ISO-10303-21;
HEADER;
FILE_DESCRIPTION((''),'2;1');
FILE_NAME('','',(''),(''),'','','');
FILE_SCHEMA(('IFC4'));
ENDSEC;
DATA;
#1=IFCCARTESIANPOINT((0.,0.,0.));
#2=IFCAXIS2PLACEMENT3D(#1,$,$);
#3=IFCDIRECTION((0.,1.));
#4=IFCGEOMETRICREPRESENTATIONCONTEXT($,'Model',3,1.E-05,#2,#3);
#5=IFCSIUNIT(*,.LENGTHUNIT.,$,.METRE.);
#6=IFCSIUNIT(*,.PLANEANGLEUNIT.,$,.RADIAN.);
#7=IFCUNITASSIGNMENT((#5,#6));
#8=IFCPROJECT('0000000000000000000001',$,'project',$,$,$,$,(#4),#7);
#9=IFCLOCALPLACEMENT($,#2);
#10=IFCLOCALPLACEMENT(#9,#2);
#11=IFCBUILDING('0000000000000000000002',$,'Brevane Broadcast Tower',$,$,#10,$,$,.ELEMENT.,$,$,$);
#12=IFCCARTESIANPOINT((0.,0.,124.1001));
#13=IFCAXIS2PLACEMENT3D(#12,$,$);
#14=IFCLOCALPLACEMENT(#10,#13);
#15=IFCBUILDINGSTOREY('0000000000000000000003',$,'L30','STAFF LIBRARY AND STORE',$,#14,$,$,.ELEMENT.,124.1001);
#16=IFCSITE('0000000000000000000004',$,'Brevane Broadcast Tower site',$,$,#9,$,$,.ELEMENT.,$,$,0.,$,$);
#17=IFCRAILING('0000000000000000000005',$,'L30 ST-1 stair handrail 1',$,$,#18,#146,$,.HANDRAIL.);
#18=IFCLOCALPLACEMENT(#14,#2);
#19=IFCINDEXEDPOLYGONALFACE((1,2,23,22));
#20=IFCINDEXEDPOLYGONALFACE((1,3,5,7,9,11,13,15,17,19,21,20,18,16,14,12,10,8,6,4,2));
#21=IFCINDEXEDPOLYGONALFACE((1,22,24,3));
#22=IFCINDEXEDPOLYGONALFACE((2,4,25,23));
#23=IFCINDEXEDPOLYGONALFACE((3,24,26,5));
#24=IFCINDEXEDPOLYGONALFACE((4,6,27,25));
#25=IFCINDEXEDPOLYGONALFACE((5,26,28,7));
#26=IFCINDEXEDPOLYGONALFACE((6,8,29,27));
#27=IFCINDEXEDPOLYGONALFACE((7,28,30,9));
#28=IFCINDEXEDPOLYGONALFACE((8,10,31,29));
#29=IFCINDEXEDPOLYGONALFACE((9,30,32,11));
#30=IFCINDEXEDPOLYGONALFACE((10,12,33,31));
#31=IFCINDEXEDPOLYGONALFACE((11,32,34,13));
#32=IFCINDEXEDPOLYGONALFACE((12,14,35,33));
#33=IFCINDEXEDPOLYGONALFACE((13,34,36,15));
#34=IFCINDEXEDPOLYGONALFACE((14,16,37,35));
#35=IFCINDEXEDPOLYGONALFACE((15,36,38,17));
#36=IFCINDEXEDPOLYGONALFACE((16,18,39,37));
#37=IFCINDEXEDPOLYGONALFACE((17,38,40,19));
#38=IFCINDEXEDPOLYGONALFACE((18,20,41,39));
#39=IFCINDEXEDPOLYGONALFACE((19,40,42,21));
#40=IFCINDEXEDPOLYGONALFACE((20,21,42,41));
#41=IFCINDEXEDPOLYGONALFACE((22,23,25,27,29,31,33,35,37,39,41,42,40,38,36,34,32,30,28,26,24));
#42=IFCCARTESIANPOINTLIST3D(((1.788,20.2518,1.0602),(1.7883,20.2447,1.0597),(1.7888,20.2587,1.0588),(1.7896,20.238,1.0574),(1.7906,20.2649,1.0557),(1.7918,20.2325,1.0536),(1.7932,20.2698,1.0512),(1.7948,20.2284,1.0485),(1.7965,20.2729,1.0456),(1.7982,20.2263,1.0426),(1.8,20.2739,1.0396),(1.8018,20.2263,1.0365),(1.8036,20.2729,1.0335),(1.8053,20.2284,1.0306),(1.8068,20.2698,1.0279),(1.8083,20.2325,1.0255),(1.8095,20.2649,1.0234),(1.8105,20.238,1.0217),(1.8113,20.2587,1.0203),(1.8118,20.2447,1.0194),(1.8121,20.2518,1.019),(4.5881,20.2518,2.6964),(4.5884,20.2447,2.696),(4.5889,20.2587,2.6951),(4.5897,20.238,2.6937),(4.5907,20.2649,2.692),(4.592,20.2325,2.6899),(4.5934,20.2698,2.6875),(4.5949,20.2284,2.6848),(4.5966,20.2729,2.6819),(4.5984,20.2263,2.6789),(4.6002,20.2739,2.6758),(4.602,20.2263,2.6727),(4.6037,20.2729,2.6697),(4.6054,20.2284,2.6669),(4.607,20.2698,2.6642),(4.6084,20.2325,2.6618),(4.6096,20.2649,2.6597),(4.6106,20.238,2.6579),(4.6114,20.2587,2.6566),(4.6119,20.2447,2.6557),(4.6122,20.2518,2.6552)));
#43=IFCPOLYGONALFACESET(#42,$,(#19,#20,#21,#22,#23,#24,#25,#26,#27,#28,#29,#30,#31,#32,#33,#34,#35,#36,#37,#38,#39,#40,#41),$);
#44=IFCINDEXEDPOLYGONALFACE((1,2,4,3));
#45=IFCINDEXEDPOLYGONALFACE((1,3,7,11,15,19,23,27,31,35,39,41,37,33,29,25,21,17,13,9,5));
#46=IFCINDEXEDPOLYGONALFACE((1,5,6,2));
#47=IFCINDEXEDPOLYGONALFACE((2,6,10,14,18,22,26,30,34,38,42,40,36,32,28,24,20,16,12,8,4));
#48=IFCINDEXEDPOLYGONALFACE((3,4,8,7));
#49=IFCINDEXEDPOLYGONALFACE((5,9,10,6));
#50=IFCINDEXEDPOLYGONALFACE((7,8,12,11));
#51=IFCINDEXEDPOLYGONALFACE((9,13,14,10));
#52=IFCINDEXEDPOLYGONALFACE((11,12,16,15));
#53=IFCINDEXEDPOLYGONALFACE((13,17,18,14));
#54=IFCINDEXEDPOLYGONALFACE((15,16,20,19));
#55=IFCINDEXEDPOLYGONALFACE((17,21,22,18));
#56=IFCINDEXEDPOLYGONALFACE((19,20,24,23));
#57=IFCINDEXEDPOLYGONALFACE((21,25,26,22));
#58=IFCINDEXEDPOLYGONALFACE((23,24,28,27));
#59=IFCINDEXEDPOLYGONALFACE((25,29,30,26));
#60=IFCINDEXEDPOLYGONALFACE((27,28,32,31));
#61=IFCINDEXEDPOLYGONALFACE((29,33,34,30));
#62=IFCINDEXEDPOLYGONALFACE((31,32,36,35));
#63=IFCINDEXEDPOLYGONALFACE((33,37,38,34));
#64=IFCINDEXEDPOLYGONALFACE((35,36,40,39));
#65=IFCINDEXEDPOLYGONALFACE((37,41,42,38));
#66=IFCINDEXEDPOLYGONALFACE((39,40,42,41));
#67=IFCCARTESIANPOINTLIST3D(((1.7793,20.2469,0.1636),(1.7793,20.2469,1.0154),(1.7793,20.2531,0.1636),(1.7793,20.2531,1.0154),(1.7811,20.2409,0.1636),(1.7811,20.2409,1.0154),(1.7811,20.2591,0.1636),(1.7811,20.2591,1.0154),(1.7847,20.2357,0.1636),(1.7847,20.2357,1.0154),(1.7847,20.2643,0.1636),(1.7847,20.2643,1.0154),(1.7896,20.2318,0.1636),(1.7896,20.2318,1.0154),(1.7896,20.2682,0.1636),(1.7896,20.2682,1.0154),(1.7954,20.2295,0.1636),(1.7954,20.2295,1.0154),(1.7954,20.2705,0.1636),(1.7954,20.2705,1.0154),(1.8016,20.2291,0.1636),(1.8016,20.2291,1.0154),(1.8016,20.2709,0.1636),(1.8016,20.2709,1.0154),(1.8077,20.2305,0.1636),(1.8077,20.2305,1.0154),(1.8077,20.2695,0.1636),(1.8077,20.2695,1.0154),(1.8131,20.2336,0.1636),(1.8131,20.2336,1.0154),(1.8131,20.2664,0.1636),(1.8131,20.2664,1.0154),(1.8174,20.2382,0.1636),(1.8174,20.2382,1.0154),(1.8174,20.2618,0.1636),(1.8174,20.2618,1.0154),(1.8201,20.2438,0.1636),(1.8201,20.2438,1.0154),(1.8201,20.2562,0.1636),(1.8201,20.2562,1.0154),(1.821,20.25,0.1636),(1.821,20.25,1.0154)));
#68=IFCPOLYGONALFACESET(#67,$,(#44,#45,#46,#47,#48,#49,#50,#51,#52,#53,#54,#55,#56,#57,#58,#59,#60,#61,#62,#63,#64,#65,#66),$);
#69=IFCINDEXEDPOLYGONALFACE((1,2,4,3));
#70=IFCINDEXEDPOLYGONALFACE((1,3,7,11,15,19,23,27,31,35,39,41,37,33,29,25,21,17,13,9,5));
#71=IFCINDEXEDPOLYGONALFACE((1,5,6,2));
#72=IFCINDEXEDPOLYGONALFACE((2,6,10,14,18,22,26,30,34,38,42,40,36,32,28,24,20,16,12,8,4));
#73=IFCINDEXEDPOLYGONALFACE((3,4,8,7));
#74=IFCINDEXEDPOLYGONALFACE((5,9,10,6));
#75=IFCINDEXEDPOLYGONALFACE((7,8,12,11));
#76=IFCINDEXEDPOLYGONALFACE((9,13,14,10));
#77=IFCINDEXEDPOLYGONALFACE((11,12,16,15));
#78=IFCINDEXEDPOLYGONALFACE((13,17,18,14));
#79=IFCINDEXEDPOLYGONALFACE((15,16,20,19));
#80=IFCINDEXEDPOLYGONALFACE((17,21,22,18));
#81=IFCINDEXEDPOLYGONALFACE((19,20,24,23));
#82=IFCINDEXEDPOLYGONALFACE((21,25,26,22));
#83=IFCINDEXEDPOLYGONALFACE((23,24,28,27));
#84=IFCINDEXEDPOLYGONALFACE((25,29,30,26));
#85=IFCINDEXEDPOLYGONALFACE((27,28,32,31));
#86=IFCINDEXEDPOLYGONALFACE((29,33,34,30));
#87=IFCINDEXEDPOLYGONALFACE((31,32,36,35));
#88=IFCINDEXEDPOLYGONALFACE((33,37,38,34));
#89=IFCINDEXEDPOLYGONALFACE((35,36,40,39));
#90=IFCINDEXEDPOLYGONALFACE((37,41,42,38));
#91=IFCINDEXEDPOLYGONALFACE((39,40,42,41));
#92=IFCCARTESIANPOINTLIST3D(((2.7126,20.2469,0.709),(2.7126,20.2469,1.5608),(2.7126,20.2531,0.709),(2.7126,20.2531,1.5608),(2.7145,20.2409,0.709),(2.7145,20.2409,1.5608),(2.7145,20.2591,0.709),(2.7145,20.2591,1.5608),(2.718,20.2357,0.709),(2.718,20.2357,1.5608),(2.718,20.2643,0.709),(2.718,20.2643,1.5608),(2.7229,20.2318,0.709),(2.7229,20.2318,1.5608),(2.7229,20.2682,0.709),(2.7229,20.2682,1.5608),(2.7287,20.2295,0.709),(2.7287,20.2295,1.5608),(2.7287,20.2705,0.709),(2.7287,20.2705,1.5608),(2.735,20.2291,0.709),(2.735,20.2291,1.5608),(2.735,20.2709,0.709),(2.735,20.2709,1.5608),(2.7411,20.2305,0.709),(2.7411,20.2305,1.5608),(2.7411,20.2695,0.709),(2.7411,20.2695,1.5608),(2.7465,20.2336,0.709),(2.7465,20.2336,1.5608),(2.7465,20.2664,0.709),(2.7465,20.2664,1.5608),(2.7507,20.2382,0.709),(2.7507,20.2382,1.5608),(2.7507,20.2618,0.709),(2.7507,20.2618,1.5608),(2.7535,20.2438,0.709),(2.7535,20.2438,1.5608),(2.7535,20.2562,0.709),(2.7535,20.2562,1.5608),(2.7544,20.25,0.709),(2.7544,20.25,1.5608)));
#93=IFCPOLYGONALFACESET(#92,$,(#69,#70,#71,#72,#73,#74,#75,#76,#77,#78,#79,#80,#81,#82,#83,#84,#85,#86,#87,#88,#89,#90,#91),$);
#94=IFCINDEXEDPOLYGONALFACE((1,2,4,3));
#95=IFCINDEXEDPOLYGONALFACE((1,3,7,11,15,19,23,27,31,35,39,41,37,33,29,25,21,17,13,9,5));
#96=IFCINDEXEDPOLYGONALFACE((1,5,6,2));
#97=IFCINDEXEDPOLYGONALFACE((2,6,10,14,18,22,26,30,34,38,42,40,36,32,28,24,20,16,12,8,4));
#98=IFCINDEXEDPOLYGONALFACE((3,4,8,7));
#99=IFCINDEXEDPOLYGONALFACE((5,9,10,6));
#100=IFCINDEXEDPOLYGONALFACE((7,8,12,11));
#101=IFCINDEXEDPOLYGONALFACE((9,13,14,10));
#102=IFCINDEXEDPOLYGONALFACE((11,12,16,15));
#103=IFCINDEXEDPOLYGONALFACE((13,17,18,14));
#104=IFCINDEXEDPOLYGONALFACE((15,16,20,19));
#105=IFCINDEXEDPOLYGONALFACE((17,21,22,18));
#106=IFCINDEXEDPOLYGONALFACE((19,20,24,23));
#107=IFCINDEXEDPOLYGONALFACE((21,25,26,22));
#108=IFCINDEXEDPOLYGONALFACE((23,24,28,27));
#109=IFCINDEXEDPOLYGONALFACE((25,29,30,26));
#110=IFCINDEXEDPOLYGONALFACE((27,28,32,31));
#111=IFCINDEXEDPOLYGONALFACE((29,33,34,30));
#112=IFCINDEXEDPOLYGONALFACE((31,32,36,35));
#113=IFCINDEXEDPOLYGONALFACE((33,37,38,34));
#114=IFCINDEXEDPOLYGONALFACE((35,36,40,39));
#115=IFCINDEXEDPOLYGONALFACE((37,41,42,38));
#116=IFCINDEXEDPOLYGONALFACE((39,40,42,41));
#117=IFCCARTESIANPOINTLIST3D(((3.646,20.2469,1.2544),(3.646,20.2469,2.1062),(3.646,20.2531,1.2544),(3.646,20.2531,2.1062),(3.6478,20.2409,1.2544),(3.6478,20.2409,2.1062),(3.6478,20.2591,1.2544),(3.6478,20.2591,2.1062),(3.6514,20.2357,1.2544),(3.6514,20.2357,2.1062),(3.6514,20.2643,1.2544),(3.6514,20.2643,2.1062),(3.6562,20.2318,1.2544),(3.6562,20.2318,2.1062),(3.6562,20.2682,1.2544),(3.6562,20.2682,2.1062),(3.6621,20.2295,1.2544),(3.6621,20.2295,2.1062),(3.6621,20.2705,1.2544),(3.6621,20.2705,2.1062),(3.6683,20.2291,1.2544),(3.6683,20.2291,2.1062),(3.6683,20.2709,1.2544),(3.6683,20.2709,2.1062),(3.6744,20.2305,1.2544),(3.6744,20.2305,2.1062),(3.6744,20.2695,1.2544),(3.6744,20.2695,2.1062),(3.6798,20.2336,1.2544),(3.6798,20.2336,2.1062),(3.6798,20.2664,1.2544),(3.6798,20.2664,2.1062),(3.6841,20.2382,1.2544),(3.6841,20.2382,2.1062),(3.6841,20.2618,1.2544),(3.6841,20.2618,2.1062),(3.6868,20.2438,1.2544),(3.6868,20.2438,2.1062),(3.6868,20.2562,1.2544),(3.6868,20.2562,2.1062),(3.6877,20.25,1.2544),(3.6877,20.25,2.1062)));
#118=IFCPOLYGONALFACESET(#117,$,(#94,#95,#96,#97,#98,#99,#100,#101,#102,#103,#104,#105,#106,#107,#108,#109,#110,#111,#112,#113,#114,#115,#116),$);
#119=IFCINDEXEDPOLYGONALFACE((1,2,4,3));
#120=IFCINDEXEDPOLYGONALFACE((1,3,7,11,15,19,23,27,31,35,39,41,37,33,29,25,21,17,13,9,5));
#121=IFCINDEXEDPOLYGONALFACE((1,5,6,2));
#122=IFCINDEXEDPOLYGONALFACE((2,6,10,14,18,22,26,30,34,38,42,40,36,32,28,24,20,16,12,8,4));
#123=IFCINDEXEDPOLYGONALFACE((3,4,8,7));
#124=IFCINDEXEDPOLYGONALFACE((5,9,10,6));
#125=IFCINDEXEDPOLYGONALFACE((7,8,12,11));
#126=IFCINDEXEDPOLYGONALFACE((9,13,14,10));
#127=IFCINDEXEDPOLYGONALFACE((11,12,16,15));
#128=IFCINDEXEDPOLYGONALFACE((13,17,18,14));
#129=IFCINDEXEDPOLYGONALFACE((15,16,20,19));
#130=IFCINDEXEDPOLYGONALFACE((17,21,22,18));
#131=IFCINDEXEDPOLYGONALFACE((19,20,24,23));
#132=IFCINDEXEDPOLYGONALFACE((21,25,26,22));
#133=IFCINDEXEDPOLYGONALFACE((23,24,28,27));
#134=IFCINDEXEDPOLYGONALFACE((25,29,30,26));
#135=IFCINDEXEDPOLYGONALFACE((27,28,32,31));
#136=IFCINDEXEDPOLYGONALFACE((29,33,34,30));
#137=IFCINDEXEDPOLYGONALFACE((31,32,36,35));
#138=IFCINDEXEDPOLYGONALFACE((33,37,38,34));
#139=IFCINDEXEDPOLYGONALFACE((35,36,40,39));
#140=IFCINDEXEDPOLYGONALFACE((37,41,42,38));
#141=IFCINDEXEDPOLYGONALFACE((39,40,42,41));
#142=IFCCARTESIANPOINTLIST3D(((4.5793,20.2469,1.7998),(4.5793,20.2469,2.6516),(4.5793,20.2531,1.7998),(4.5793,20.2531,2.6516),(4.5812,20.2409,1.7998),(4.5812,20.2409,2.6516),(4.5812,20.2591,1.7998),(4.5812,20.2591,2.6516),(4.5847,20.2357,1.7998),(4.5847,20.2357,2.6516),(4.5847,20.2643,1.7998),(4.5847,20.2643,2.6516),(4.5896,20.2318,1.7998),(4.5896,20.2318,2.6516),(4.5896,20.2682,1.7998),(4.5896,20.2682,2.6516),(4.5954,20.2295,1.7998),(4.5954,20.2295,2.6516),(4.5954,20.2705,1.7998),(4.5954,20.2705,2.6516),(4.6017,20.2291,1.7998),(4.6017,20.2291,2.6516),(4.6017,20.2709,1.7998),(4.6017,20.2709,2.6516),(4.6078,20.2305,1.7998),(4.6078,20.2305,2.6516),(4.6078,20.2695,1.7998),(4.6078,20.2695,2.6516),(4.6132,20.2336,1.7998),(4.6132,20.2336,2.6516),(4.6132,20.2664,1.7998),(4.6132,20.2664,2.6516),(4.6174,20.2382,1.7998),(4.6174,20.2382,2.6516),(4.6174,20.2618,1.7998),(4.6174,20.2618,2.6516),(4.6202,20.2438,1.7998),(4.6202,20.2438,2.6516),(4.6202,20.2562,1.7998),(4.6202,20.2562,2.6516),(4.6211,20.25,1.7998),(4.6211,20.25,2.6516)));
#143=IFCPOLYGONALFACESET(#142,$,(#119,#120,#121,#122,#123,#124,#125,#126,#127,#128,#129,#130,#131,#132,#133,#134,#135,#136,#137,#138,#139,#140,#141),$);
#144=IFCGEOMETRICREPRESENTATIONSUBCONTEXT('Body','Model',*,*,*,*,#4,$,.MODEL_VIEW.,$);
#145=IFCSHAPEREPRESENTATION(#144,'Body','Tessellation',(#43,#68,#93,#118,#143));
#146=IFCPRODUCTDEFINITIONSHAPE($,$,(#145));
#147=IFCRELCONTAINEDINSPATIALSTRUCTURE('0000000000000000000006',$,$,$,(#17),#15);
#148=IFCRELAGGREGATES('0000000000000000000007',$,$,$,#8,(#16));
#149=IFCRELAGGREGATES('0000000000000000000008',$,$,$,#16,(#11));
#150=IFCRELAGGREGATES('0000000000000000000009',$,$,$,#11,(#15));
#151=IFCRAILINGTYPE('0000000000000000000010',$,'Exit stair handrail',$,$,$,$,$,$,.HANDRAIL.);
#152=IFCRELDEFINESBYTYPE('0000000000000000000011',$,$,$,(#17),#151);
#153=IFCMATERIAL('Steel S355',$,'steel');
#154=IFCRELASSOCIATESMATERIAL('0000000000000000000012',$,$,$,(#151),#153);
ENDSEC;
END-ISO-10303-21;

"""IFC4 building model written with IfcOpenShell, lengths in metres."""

from ifc_helpers import new_model, si_unit, direction, frame, origin, origin_2d, place, context, subcontext, project, spatial, circle, extrude, material, type_object, element, save


model = new_model("IFC4")

# Units and contexts
model_context = context("Model", 3, precision=1e-05, world=origin(), true_north=direction((0.0, 1.0)))
body_context = subcontext(model_context, "Body", "Model", "MODEL_VIEW")
ifc_project = project(units=[si_unit("LENGTHUNIT", "METRE"), si_unit("PLANEANGLEUNIT", "RADIAN")], contexts=[model_context])

# Site, building, storey
site_placement = place(None, origin())
site = spatial("IfcSite", under=ifc_project, at=site_placement, Name="Brevane Broadcast Tower site", CompositionType="ELEMENT", RefElevation=0.0)
building_placement = place(site_placement, origin())
building = spatial("IfcBuilding", under=site, at=building_placement, Name="Brevane Broadcast Tower", CompositionType="ELEMENT")
storey_placement = place(building_placement, frame((0.0, 0.0, 124.1001)))
storey = spatial("IfcBuildingStorey", under=building, at=storey_placement, Name="L30", Description="STAFF LIBRARY AND STORE", CompositionType="ELEMENT", Elevation=124.1001)

# Railing
ifc_material_1 = material(Name="Steel S355", Category="steel")
railing_type = type_object("IfcRailingType", Name="Exit stair handrail", PredefinedType="HANDRAIL", material=ifc_material_1)
railing_placement = place(storey_placement, frame((1.8, 20.25, 0.1636)))
element("IfcRailing", 1, at=railing_placement, inside=storey, type_object=railing_type, Name="L30 ST-1 stair handrail 1", PredefinedType="HANDRAIL", context=body_context, shape_type="SweptSolid", body=[
    extrude(circle(Radius=0.0239, at=origin_2d()), frame((0.0, 0.0, 0.876), z_axis=(0.863394, 0.0, 0.504531), x_axis=(0.0, 1.0, 0.0)), (0.0, 0.0, 1.0), 3.2432),
    extrude(circle(Radius=0.021, at=origin_2d()), origin(), (0.0, 0.0, 1.0), 0.8518),
    extrude(circle(Radius=0.021, at=origin_2d()), frame((0.9333, 0.0, 0.5454)), (0.0, 0.0, 1.0), 0.8518),
    extrude(circle(Radius=0.021, at=origin_2d()), frame((1.8667, 0.0, 1.0908)), (0.0, 0.0, 1.0), 0.8518),
    extrude(circle(Radius=0.021, at=origin_2d()), frame((2.8, 0.0, 1.6362)), (0.0, 0.0, 1.0), 0.8518),
])

save(model, "model.ifc")
